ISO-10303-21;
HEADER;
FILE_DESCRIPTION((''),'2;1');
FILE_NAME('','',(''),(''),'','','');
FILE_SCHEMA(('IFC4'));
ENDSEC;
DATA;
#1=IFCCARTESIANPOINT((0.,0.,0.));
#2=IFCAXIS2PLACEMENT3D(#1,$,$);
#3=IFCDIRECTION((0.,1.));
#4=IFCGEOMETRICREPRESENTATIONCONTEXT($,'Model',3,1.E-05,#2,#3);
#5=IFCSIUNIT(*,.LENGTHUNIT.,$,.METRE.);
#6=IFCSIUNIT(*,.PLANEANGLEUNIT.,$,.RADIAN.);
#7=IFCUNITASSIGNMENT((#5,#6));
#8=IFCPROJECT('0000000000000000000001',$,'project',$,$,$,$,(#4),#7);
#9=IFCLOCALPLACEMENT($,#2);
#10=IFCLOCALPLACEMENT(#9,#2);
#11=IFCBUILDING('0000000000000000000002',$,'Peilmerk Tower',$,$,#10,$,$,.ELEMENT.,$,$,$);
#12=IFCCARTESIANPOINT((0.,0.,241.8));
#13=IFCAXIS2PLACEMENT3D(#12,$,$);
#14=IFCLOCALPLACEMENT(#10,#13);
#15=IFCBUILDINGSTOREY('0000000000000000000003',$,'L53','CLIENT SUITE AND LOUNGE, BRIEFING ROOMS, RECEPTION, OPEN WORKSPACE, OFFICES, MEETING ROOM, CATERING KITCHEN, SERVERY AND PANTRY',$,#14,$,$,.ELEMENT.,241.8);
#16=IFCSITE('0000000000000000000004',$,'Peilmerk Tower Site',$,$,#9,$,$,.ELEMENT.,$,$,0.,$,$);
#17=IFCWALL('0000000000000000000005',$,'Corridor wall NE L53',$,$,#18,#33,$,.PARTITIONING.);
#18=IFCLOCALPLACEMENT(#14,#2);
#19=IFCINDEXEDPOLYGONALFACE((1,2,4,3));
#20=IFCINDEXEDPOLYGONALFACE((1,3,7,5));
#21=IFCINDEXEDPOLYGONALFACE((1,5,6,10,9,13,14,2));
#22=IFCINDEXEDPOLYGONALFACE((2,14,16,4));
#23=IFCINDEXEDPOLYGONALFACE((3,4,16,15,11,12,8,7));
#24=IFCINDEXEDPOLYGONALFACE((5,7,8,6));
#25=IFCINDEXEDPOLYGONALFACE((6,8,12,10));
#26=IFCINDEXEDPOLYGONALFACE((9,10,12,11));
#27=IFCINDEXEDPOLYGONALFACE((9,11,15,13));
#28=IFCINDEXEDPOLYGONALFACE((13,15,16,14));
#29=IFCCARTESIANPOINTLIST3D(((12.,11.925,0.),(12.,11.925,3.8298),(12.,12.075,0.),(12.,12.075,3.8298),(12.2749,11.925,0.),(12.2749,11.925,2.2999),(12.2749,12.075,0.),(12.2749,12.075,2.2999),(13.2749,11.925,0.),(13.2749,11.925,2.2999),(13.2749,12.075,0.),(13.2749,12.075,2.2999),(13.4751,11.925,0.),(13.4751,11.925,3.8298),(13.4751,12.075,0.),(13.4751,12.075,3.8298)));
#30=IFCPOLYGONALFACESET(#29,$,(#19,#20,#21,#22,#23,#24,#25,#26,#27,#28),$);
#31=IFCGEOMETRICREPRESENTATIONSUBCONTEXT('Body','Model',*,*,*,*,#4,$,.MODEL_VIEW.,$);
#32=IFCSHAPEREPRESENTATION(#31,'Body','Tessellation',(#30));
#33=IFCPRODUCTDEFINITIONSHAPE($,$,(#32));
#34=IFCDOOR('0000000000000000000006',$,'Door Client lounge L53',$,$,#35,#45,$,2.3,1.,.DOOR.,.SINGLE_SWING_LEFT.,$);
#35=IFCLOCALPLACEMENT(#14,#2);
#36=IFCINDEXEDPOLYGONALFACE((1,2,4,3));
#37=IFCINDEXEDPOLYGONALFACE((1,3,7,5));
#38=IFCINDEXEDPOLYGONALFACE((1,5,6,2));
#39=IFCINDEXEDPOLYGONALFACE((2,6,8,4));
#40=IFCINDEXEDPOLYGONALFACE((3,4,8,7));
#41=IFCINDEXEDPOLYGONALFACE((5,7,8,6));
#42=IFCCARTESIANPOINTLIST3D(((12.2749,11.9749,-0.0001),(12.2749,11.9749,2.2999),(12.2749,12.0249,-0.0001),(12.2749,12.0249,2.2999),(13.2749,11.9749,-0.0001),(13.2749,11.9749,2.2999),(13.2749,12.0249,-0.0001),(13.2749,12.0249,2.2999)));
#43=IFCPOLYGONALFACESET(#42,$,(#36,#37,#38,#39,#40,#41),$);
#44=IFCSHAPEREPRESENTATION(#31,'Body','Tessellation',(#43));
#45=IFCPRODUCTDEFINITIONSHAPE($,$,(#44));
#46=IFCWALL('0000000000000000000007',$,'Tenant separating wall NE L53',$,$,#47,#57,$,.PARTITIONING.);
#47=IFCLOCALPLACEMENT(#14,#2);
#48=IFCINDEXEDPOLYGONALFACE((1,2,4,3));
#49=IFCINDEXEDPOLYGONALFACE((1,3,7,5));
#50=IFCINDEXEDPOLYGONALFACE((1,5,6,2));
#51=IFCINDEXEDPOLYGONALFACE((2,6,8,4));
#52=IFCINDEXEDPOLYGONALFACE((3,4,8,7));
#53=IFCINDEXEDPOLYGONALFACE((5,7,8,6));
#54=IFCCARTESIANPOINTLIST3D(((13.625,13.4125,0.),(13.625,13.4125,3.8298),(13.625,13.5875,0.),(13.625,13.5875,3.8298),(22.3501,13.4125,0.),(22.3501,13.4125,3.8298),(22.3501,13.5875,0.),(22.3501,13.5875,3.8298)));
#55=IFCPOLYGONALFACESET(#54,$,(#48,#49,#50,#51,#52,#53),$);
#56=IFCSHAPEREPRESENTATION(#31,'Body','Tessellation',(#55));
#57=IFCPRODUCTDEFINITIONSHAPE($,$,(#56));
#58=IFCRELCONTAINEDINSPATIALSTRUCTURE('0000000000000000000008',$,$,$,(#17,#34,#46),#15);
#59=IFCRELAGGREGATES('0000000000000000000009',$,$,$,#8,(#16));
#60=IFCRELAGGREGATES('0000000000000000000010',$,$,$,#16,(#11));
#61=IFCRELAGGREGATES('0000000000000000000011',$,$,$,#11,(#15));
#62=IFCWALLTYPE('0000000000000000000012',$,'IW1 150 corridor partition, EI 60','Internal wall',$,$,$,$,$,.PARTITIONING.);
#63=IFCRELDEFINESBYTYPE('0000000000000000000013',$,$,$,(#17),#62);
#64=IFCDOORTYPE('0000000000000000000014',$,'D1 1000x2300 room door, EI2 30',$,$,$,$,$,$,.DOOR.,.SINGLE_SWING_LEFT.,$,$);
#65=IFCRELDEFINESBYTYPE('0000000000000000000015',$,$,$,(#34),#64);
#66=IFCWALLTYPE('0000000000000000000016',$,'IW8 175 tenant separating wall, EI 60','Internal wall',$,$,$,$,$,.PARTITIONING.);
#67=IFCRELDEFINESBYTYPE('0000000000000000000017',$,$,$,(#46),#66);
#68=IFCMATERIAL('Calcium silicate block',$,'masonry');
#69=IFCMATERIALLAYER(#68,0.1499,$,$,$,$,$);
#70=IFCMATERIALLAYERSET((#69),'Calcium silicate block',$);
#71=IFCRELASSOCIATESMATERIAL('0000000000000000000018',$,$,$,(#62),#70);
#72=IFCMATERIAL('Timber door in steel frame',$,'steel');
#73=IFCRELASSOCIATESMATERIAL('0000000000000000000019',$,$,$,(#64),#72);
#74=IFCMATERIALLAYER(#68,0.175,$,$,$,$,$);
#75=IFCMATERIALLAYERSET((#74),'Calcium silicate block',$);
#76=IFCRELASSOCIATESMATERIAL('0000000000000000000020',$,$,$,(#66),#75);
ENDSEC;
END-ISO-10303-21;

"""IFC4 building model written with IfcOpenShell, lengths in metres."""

from ifc_helpers import new_model, si_unit, direction, frame, frame_2d, origin, place, context, subcontext, project, spatial, rectangle, extrude, material, layer, layer_set, type_object, element, fill, save


model = new_model("IFC4")

# Units and contexts
model_context = context("Model", 3, precision=1e-05, world=origin(), true_north=direction((0.0, 1.0)))
body_context = subcontext(model_context, "Body", "Model", "MODEL_VIEW")
ifc_project = project(units=[si_unit("LENGTHUNIT", "METRE"), si_unit("PLANEANGLEUNIT", "RADIAN")], contexts=[model_context])

# Site, building, storey
site_placement = place(None, origin())
site = spatial("IfcSite", under=ifc_project, at=site_placement, Name="Peilmerk Tower Site", CompositionType="ELEMENT", RefElevation=0.0)
building_placement = place(site_placement, origin())
building = spatial("IfcBuilding", under=site, at=building_placement, Name="Peilmerk Tower", CompositionType="ELEMENT")
storey_placement = place(building_placement, frame((0.0, 0.0, 241.8)))
storey = spatial("IfcBuildingStorey", under=building, at=storey_placement, Name="L53", Description="CLIENT SUITE AND LOUNGE, BRIEFING ROOMS, RECEPTION, OPEN WORKSPACE, OFFICES, MEETING ROOM, CATERING KITCHEN, SERVERY AND PANTRY", CompositionType="ELEMENT", Elevation=241.8)

# Wall, opening, door
ifc_material_1 = material(Name="Calcium silicate block", Category="masonry")
ifc_layer_1 = layer(ifc_material_1, 0.1499)
ifc_layer_set_1 = layer_set([ifc_layer_1], Name="Calcium silicate block")
wall_type_1 = type_object("IfcWallType", Name="IW1 150 corridor partition, EI 60", Description="Internal wall", PredefinedType="PARTITIONING", material=ifc_layer_set_1)
wall_1_placement = place(storey_placement, frame((12.0, 12.0, 0.0), z_axis=(0.0, 0.0, 1.0), x_axis=(1.0, 0.0, 0.0)))
wall_1 = element("IfcWall", 1, at=wall_1_placement, inside=storey, type_object=wall_type_1, Name="Corridor wall NE L53", PredefinedType="PARTITIONING", context=body_context, shape_type="SweptSolid", body=[
    extrude(rectangle(XDim=1.4751, YDim=0.1499, at=frame_2d((0.7375, 0.0))), origin(), (0.0, 0.0, 1.0), 3.8298),
])
opening_placement = place(wall_1_placement, frame((0.2749, 0.0, 0.0)))
opening = element("IfcOpeningElement", 2, at=opening_placement, cuts=wall_1, PredefinedType="OPENING", context=body_context, shape_type="SweptSolid", body=[
    extrude(rectangle(XDim=1.0, YDim=2.3, at=frame_2d((0.5, 1.1499))), frame((0.0, 0.085, 0.0), z_axis=(0.0, -1.0, 0.0), x_axis=(1.0, 0.0, 0.0)), (0.0, 0.0, 1.0), 0.1699),
])
ifc_material_2 = material(Name="Timber door in steel frame", Category="steel")
door_type = type_object("IfcDoorType", Name="D1 1000x2300 room door, EI2 30", OperationType="SINGLE_SWING_LEFT", PredefinedType="DOOR", material=ifc_material_2)
door_placement = place(opening_placement, origin())
door = element("IfcDoor", 3, at=door_placement, inside=storey, type_object=door_type, Name="Door Client lounge L53", OperationType="SINGLE_SWING_LEFT", OverallHeight=2.3, OverallWidth=1.0, PredefinedType="DOOR", context=body_context, shape_type="SweptSolid", body=[
    extrude(rectangle(XDim=1.0, YDim=2.3, at=frame_2d((0.5, 1.1499))), frame((0.0, 0.0249, 0.0), z_axis=(0.0, -1.0, 0.0), x_axis=(1.0, 0.0, 0.0)), (0.0, 0.0, 1.0), 0.05),
])
fill(opening, door)

# Wall
ifc_layer_2 = layer(ifc_material_1, 0.175)
ifc_layer_set_2 = layer_set([ifc_layer_2], Name="Calcium silicate block")
wall_type_2 = type_object("IfcWallType", Name="IW8 175 tenant separating wall, EI 60", Description="Internal wall", PredefinedType="PARTITIONING", material=ifc_layer_set_2)
wall_2_placement = place(storey_placement, frame((13.625, 13.5, 0.0), z_axis=(0.0, 0.0, 1.0), x_axis=(1.0, 0.0, 0.0)))
element("IfcWall", 4, at=wall_2_placement, inside=storey, type_object=wall_type_2, Name="Tenant separating wall NE L53", PredefinedType="PARTITIONING", context=body_context, shape_type="SweptSolid", body=[
    extrude(rectangle(XDim=8.7251, YDim=0.175, at=frame_2d((4.3625, 0.0))), origin(), (0.0, 0.0, 1.0), 3.8298),
])

save(model, "model.ifc")
